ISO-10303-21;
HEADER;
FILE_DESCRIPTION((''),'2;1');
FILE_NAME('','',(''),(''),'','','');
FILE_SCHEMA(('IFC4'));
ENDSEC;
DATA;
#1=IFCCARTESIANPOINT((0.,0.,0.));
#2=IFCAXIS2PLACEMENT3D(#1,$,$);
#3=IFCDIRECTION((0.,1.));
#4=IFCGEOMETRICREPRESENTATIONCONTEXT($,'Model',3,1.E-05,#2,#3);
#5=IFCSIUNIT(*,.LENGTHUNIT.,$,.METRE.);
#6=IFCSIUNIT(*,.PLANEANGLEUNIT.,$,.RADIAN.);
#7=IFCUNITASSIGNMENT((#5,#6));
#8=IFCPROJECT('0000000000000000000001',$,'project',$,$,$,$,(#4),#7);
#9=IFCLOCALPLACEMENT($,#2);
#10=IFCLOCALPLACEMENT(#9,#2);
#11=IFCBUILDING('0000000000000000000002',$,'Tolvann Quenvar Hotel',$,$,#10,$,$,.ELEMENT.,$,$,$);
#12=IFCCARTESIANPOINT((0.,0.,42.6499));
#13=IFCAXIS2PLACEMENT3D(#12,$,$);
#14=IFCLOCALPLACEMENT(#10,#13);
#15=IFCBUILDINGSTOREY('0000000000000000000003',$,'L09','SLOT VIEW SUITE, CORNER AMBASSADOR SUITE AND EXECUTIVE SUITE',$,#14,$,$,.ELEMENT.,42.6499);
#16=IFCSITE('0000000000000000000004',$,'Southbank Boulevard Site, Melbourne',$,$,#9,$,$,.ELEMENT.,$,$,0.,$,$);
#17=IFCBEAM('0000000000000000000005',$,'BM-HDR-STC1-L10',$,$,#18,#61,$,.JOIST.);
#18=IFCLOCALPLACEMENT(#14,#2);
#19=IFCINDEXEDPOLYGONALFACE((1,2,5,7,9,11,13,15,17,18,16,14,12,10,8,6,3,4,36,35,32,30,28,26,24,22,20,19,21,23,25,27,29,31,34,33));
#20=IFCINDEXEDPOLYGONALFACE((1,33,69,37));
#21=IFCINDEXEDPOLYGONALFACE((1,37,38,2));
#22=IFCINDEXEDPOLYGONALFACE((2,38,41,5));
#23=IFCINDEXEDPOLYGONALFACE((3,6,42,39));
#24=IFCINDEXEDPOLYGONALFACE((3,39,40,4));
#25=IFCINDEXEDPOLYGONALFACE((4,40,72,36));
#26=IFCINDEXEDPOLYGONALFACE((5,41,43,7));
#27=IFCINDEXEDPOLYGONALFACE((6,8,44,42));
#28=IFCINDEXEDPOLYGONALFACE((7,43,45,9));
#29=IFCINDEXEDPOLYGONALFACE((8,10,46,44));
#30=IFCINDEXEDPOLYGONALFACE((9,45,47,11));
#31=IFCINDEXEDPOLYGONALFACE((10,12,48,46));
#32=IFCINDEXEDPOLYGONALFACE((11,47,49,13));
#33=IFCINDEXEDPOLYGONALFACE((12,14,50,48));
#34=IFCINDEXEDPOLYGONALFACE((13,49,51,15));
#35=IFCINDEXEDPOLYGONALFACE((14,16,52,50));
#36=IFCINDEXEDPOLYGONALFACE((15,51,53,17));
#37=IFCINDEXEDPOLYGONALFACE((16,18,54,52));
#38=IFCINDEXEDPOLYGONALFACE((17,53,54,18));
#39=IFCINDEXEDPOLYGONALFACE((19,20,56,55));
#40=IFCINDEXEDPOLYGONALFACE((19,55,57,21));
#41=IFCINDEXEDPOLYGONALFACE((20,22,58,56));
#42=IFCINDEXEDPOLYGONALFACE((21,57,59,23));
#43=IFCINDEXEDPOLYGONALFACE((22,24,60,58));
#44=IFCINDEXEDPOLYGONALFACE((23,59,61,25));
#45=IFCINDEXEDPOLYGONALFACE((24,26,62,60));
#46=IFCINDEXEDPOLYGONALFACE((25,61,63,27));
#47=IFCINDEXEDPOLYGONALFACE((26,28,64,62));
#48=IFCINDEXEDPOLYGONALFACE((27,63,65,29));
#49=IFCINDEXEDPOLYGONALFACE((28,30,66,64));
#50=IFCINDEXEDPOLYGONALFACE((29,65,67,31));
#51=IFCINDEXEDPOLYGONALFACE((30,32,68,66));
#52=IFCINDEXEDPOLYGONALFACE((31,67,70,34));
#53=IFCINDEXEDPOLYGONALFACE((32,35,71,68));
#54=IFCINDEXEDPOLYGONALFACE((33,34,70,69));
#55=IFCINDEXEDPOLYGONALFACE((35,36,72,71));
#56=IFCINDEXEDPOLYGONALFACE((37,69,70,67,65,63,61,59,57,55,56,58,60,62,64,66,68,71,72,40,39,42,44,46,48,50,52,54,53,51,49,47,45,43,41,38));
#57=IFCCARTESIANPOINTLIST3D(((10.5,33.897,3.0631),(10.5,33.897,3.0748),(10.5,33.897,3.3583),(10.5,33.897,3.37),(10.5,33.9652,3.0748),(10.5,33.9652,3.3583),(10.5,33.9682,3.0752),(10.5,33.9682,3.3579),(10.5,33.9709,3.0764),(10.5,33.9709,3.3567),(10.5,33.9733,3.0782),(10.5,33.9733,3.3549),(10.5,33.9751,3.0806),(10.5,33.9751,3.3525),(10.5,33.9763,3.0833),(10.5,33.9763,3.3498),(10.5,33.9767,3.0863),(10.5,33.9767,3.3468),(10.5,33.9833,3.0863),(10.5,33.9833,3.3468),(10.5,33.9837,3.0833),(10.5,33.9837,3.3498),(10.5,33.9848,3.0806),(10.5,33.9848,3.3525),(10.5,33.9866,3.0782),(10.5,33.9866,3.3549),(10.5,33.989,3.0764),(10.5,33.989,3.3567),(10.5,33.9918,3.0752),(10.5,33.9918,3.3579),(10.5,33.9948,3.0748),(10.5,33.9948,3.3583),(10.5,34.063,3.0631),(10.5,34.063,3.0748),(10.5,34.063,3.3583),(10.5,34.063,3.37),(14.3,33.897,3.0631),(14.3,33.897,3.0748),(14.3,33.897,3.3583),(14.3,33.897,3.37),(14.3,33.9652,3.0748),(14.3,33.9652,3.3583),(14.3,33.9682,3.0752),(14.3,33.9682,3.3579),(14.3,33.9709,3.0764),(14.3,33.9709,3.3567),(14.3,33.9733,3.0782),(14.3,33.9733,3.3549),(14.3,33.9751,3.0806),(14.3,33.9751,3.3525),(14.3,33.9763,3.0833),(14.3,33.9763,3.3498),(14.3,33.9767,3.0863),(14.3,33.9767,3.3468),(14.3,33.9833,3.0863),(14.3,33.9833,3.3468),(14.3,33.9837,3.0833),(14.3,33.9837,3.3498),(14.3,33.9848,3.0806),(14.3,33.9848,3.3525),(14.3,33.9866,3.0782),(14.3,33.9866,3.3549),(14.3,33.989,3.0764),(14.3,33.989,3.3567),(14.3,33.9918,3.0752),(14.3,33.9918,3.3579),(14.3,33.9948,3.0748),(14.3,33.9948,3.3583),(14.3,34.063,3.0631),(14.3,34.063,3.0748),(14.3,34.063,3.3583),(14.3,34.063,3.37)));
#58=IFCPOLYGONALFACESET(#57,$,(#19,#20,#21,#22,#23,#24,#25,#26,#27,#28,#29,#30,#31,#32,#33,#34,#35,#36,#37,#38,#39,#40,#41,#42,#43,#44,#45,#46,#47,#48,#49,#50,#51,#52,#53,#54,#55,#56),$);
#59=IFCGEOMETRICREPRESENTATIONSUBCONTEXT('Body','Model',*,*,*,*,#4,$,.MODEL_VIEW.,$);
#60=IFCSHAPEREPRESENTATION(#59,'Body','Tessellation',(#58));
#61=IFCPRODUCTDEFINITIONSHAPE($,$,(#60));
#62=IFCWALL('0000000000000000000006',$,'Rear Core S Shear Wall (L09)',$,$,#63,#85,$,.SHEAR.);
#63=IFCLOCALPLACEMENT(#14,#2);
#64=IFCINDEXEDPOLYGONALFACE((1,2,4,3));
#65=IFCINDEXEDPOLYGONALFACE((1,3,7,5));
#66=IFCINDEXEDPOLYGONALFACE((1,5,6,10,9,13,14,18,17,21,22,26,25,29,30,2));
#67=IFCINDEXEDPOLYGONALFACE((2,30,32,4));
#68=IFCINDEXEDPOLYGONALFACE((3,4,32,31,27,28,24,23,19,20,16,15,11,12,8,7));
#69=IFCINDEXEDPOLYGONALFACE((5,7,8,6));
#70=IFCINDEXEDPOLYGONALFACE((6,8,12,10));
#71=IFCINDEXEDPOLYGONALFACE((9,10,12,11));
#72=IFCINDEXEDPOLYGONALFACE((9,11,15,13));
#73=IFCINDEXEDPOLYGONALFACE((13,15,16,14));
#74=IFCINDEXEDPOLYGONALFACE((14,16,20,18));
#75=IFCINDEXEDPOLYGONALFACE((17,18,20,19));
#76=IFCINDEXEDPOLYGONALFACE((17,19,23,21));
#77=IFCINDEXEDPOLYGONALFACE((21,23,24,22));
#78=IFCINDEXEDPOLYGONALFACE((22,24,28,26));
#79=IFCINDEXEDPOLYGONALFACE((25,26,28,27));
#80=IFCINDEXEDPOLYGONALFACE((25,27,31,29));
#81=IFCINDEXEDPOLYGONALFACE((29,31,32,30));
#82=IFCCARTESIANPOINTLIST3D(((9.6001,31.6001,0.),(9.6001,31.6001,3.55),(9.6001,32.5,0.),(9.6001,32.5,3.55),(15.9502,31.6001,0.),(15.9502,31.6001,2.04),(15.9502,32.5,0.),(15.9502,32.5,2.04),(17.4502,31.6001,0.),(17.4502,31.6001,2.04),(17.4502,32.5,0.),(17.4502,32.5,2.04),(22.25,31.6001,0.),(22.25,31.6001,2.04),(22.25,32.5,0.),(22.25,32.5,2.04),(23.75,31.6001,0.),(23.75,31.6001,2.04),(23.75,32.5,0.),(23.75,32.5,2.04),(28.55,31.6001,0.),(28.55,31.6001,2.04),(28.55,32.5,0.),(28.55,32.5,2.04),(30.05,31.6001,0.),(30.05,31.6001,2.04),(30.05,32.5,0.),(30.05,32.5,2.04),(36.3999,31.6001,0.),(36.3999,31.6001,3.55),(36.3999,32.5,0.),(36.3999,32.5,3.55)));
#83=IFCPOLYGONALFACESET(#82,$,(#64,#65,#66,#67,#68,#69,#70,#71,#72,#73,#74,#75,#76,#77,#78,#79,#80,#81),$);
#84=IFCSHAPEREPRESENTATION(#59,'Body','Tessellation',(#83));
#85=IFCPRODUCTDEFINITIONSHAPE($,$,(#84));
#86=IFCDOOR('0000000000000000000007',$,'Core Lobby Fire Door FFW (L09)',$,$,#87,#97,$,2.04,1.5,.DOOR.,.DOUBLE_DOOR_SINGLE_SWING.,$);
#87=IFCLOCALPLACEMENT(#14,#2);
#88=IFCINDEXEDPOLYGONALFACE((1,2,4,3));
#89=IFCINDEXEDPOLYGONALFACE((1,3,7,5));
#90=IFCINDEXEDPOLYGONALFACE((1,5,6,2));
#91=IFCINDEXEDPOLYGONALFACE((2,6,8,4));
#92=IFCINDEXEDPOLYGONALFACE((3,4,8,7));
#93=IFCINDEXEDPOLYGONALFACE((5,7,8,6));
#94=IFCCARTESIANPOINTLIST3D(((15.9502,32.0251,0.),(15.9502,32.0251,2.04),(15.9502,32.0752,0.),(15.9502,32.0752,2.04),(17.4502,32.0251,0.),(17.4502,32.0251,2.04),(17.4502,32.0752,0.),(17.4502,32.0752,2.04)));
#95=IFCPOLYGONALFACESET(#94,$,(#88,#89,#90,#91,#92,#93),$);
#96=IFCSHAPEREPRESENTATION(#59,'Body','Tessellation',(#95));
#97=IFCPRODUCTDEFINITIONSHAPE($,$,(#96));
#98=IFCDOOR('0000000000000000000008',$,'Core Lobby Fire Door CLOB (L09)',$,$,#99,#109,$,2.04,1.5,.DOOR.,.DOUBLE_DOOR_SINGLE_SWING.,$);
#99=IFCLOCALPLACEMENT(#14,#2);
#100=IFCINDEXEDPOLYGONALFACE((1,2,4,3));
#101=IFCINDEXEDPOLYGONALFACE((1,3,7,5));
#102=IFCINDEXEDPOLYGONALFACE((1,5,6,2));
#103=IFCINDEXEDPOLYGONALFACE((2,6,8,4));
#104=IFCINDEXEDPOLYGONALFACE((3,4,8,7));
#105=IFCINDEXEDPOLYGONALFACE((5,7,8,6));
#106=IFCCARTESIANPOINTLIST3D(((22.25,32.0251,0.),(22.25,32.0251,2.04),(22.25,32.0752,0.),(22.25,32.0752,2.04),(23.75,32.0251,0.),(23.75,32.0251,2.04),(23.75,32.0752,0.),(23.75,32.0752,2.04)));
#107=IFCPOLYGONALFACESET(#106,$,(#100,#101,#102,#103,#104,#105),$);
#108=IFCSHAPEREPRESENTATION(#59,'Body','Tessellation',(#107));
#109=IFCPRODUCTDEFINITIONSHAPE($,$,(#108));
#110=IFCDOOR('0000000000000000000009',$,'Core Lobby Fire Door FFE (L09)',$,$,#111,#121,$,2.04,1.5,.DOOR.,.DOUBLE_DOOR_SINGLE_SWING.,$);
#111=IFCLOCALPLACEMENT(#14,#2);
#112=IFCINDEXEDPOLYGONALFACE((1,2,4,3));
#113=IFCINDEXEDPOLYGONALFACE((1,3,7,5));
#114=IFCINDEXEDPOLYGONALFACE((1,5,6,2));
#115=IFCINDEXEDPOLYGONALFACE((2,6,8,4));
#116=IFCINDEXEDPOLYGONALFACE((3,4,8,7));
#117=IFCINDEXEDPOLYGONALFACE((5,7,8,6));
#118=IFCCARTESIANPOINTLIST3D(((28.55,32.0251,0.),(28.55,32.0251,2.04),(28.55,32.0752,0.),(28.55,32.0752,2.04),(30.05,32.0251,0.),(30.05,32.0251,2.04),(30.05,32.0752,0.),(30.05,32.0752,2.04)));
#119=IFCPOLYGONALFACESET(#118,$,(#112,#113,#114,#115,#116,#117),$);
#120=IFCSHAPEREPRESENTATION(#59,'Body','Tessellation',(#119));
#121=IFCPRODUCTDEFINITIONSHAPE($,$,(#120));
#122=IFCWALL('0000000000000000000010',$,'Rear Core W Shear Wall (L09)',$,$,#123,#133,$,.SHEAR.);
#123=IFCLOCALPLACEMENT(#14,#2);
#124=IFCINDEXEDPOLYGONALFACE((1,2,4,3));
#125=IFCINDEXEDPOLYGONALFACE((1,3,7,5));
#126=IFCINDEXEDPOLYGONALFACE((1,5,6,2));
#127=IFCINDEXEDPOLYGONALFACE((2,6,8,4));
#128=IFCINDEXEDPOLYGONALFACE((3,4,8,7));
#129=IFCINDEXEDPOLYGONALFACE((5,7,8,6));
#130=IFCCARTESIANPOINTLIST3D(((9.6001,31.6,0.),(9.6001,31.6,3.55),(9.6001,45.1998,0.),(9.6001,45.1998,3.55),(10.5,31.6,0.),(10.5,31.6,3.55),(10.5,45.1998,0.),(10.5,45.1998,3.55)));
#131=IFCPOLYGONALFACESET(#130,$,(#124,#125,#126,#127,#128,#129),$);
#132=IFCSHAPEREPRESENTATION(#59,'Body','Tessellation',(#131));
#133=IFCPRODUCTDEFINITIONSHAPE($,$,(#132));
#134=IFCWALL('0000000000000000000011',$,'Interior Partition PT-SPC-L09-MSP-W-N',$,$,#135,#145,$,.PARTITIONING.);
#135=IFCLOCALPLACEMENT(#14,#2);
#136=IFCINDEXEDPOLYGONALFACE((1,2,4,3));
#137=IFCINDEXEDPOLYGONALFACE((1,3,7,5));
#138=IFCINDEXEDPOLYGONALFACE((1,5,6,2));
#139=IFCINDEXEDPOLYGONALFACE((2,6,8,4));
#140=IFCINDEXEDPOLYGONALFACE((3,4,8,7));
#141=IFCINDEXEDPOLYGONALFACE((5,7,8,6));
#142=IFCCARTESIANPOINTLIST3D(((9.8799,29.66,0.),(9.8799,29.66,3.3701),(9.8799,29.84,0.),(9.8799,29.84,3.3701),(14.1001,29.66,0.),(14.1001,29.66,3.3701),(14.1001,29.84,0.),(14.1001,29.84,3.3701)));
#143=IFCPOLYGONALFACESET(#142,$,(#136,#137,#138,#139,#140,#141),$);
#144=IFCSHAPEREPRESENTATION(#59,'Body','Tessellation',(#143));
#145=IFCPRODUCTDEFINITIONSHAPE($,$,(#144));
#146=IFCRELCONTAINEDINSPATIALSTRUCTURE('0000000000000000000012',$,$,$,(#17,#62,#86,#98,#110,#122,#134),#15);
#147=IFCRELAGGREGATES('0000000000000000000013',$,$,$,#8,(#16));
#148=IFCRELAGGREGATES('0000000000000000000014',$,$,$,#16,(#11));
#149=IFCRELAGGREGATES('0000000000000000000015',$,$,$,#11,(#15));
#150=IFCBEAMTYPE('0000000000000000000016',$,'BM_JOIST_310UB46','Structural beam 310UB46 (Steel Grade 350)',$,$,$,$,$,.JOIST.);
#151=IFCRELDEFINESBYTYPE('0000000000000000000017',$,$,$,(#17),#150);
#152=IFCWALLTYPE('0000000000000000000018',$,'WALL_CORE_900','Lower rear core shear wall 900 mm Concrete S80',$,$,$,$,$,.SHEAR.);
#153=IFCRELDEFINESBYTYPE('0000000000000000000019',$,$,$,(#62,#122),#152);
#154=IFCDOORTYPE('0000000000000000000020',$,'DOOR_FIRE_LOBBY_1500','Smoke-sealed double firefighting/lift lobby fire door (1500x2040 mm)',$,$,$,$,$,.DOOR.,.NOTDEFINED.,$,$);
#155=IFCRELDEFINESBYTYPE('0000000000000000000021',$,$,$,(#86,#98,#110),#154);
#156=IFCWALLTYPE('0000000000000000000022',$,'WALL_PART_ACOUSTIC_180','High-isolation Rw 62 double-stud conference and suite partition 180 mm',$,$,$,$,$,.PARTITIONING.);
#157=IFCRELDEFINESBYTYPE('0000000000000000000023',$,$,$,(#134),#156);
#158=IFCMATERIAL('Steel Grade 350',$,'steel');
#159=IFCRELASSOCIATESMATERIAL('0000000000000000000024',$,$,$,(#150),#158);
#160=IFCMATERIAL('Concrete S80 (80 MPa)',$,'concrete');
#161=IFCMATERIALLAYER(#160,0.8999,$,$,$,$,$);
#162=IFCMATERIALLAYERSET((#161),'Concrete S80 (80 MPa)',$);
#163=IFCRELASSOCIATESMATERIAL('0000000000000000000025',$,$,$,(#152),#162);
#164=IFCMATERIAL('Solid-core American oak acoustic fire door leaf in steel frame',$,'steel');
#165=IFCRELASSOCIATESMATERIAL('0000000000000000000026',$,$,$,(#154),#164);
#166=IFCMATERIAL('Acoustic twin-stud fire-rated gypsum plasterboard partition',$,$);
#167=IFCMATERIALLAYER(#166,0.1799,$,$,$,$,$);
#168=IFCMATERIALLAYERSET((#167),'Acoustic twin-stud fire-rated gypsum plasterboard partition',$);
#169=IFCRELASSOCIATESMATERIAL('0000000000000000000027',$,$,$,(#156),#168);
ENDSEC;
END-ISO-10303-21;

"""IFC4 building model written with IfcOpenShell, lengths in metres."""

from ifc_helpers import new_model, si_unit, direction, frame, frame_2d, origin, origin_2d, place, context, subcontext, project, spatial, rectangle, i_section, extrude, source, transform, mapped, material, layer, layer_set, material_profile, profile_set, type_object, type_shapes, element, fill, save


model = new_model("IFC4")

# Units and contexts
model_context = context("Model", 3, precision=1e-05, world=origin(), true_north=direction((0.0, 1.0)))
body_context = subcontext(model_context, "Body", "Model", "MODEL_VIEW")
ifc_project = project(units=[si_unit("LENGTHUNIT", "METRE"), si_unit("PLANEANGLEUNIT", "RADIAN")], contexts=[model_context])

# Site, building, storey
site_placement = place(None, origin())
site = spatial("IfcSite", under=ifc_project, at=site_placement, Name="Southbank Boulevard Site, Melbourne", CompositionType="ELEMENT", RefElevation=0.0)
building_placement = place(site_placement, origin())
building = spatial("IfcBuilding", under=site, at=building_placement, Name="Tolvann Quenvar Hotel", CompositionType="ELEMENT")
storey_placement = place(building_placement, frame((0.0, 0.0, 42.6499)))
storey = spatial("IfcBuildingStorey", under=building, at=storey_placement, Name="L09", Description="SLOT VIEW SUITE, CORNER AMBASSADOR SUITE AND EXECUTIVE SUITE", CompositionType="ELEMENT", Elevation=42.6499)

# Beam
ifc_material_1 = material(Name="Steel Grade 350", Category="steel")
ifc_material_profile_1 = material_profile(ifc_material_1, i_section(OverallWidth=0.166, OverallDepth=0.3069, WebThickness=0.0066, FlangeThickness=0.0117, FilletRadius=0.0115, at=origin_2d()), Name="310UB46")
ifc_profile_set_1 = profile_set([ifc_material_profile_1], Name="Steel Grade 350")
beam_type_1 = type_object("IfcBeamType", Name="BM_JOIST_310UB46", Description="Structural beam 310UB46 (Steel Grade 350)", PredefinedType="JOIST", material=ifc_profile_set_1)
shared_shape_1 = source(origin(), body_context, "Body", "SweptSolid", [
    extrude(i_section(OverallWidth=0.166, OverallDepth=0.3069, WebThickness=0.0066, FlangeThickness=0.0117, FilletRadius=0.0115, at=origin_2d()), origin(), (0.0, 0.0, 1.0), 3.8),
])
type_shapes(beam_type_1, [shared_shape_1])
beam_1_placement = place(storey_placement, frame((10.5, 33.98, 3.2166), z_axis=(1.0, 0.0, 0.0), x_axis=(0.0, 1.0, 0.0)))
element("IfcBeam", 1, at=beam_1_placement, inside=storey, type_object=beam_type_1, Name="BM-HDR-STC1-L10", PredefinedType="JOIST", context=body_context, shape_type="MappedRepresentation", body=[
    mapped(shared_shape_1, transform((0.0, 0.0, 0.0), x_axis=(1.0, 0.0, 0.0), y_axis=(0.0, 1.0, 0.0), z_axis=(0.0, 0.0, 1.0), scale=1.0)),
])

# Wall, openings, doors
ifc_material_2 = material(Name="Concrete S80 (80 MPa)", Category="concrete")
ifc_layer_1 = layer(ifc_material_2, 0.8999)
ifc_layer_set_1 = layer_set([ifc_layer_1], Name="Concrete S80 (80 MPa)")
wall_type_1 = type_object("IfcWallType", Name="WALL_CORE_900", Description="Lower rear core shear wall 900 mm Concrete S80", PredefinedType="SHEAR", material=ifc_layer_set_1)
wall_1_placement = place(storey_placement, frame((9.6001, 32.05, 0.0), z_axis=(0.0, 0.0, 1.0), x_axis=(1.0, 0.0, 0.0)))
wall_1 = element("IfcWall", 2, at=wall_1_placement, inside=storey, type_object=wall_type_1, Name="Rear Core S Shear Wall (L09)", PredefinedType="SHEAR", context=body_context, shape_type="SweptSolid", body=[
    extrude(rectangle(XDim=26.7998, YDim=0.8999, at=frame_2d((13.3999, 0.0))), origin(), (0.0, 0.0, 1.0), 3.55),
])
opening_1_placement = place(wall_1_placement, frame((7.8501, 0.0, 0.0), z_axis=(0.0, 0.0, 1.0), x_axis=(-1.0, 0.0, 0.0)))
opening_1 = element("IfcOpeningElement", 3, at=opening_1_placement, cuts=wall_1, PredefinedType="OPENING", context=body_context, shape_type="SweptSolid", body=[
    extrude(rectangle(XDim=1.5, YDim=2.04, at=frame_2d((0.75, 1.02))), frame((0.0, 0.46, 0.0), z_axis=(0.0, -1.0, 0.0), x_axis=(1.0, 0.0, 0.0)), (0.0, 0.0, 1.0), 0.9199),
])
opening_2_placement = place(wall_1_placement, frame((14.1499, 0.0, 0.0), z_axis=(0.0, 0.0, 1.0), x_axis=(-1.0, 0.0, 0.0)))
opening_2 = element("IfcOpeningElement", 4, at=opening_2_placement, cuts=wall_1, PredefinedType="OPENING", context=body_context, shape_type="SweptSolid", body=[
    extrude(rectangle(XDim=1.5, YDim=2.04, at=frame_2d((0.75, 1.02))), frame((0.0, 0.46, 0.0), z_axis=(0.0, -1.0, 0.0), x_axis=(1.0, 0.0, 0.0)), (0.0, 0.0, 1.0), 0.9199),
])
opening_3_placement = place(wall_1_placement, frame((20.45, 0.0, 0.0), z_axis=(0.0, 0.0, 1.0), x_axis=(-1.0, 0.0, 0.0)))
opening_3 = element("IfcOpeningElement", 5, at=opening_3_placement, cuts=wall_1, PredefinedType="OPENING", context=body_context, shape_type="SweptSolid", body=[
    extrude(rectangle(XDim=1.5, YDim=2.04, at=frame_2d((0.75, 1.02))), frame((0.0, 0.46, 0.0), z_axis=(0.0, -1.0, 0.0), x_axis=(1.0, 0.0, 0.0)), (0.0, 0.0, 1.0), 0.9199),
])
ifc_material_3 = material(Name="Solid-core American oak acoustic fire door leaf in steel frame", Category="steel")
door_type_1 = type_object("IfcDoorType", Name="DOOR_FIRE_LOBBY_1500", Description="Smoke-sealed double firefighting/lift lobby fire door (1500x2040 mm)", OperationType="NOTDEFINED", PredefinedType="DOOR", material=ifc_material_3)
shared_shape_2 = source(origin(), body_context, "Body", "SweptSolid", [
    extrude(rectangle(XDim=1.5, YDim=2.04, at=frame_2d((0.75, 1.02))), frame((0.0, 0.0249, 0.0), z_axis=(0.0, -1.0, 0.0), x_axis=(1.0, 0.0, 0.0)), (0.0, 0.0, 1.0), 0.05),
])
type_shapes(door_type_1, [shared_shape_2])
door_1_placement = place(opening_1_placement, origin())
door_1 = element("IfcDoor", 6, at=door_1_placement, inside=storey, type_object=door_type_1, Name="Core Lobby Fire Door FFW (L09)", OperationType="DOUBLE_DOOR_SINGLE_SWING", OverallHeight=2.04, OverallWidth=1.5, PredefinedType="DOOR", context=body_context, shape_type="MappedRepresentation", body=[
    mapped(shared_shape_2, transform((0.0, 0.0, 0.0), x_axis=(1.0, 0.0, 0.0), y_axis=(0.0, 1.0, 0.0), z_axis=(0.0, 0.0, 1.0), scale=1.0)),
])
fill(opening_1, door_1)
door_2_placement = place(opening_2_placement, origin())
door_2 = element("IfcDoor", 7, at=door_2_placement, inside=storey, type_object=door_type_1, Name="Core Lobby Fire Door CLOB (L09)", OperationType="DOUBLE_DOOR_SINGLE_SWING", OverallHeight=2.04, OverallWidth=1.5, PredefinedType="DOOR", context=body_context, shape_type="MappedRepresentation", body=[
    mapped(shared_shape_2, transform((0.0, 0.0, 0.0), x_axis=(1.0, 0.0, 0.0), y_axis=(0.0, 1.0, 0.0), z_axis=(0.0, 0.0, 1.0), scale=1.0)),
])
fill(opening_2, door_2)
door_3_placement = place(opening_3_placement, origin())
door_3 = element("IfcDoor", 8, at=door_3_placement, inside=storey, type_object=door_type_1, Name="Core Lobby Fire Door FFE (L09)", OperationType="DOUBLE_DOOR_SINGLE_SWING", OverallHeight=2.04, OverallWidth=1.5, PredefinedType="DOOR", context=body_context, shape_type="MappedRepresentation", body=[
    mapped(shared_shape_2, transform((0.0, 0.0, 0.0), x_axis=(1.0, 0.0, 0.0), y_axis=(0.0, 1.0, 0.0), z_axis=(0.0, 0.0, 1.0), scale=1.0)),
])
fill(opening_3, door_3)

# Walls
wall_2_placement = place(storey_placement, frame((10.05, 31.6001, 0.0), z_axis=(0.0, 0.0, 1.0), x_axis=(0.0, 1.0, 0.0)))
element("IfcWall", 9, at=wall_2_placement, inside=storey, type_object=wall_type_1, Name="Rear Core W Shear Wall (L09)", PredefinedType="SHEAR", context=body_context, shape_type="SweptSolid", body=[
    extrude(rectangle(XDim=13.5999, YDim=0.8999, at=frame_2d((6.7998, 0.0))), origin(), (0.0, 0.0, 1.0), 3.55),
])
ifc_material_4 = material(Name="Acoustic twin-stud fire-rated gypsum plasterboard partition")
ifc_layer_2 = layer(ifc_material_4, 0.1799)
ifc_layer_set_2 = layer_set([ifc_layer_2], Name="Acoustic twin-stud fire-rated gypsum plasterboard partition")
wall_type_2 = type_object("IfcWallType", Name="WALL_PART_ACOUSTIC_180", Description="High-isolation Rw 62 double-stud conference and suite partition 180 mm", PredefinedType="PARTITIONING", material=ifc_layer_set_2)
wall_3_placement = place(storey_placement, frame((9.8799, 29.75, 0.0), z_axis=(0.0, 0.0, 1.0), x_axis=(1.0, 0.0, 0.0)))
element("IfcWall", 10, at=wall_3_placement, inside=storey, type_object=wall_type_2, Name="Interior Partition PT-SPC-L09-MSP-W-N", PredefinedType="PARTITIONING", context=body_context, shape_type="SweptSolid", body=[
    extrude(rectangle(XDim=4.2202, YDim=0.1799, at=frame_2d((2.1101, 0.0))), origin(), (0.0, 0.0, 1.0), 3.3701),
])

save(model, "model.ifc")
